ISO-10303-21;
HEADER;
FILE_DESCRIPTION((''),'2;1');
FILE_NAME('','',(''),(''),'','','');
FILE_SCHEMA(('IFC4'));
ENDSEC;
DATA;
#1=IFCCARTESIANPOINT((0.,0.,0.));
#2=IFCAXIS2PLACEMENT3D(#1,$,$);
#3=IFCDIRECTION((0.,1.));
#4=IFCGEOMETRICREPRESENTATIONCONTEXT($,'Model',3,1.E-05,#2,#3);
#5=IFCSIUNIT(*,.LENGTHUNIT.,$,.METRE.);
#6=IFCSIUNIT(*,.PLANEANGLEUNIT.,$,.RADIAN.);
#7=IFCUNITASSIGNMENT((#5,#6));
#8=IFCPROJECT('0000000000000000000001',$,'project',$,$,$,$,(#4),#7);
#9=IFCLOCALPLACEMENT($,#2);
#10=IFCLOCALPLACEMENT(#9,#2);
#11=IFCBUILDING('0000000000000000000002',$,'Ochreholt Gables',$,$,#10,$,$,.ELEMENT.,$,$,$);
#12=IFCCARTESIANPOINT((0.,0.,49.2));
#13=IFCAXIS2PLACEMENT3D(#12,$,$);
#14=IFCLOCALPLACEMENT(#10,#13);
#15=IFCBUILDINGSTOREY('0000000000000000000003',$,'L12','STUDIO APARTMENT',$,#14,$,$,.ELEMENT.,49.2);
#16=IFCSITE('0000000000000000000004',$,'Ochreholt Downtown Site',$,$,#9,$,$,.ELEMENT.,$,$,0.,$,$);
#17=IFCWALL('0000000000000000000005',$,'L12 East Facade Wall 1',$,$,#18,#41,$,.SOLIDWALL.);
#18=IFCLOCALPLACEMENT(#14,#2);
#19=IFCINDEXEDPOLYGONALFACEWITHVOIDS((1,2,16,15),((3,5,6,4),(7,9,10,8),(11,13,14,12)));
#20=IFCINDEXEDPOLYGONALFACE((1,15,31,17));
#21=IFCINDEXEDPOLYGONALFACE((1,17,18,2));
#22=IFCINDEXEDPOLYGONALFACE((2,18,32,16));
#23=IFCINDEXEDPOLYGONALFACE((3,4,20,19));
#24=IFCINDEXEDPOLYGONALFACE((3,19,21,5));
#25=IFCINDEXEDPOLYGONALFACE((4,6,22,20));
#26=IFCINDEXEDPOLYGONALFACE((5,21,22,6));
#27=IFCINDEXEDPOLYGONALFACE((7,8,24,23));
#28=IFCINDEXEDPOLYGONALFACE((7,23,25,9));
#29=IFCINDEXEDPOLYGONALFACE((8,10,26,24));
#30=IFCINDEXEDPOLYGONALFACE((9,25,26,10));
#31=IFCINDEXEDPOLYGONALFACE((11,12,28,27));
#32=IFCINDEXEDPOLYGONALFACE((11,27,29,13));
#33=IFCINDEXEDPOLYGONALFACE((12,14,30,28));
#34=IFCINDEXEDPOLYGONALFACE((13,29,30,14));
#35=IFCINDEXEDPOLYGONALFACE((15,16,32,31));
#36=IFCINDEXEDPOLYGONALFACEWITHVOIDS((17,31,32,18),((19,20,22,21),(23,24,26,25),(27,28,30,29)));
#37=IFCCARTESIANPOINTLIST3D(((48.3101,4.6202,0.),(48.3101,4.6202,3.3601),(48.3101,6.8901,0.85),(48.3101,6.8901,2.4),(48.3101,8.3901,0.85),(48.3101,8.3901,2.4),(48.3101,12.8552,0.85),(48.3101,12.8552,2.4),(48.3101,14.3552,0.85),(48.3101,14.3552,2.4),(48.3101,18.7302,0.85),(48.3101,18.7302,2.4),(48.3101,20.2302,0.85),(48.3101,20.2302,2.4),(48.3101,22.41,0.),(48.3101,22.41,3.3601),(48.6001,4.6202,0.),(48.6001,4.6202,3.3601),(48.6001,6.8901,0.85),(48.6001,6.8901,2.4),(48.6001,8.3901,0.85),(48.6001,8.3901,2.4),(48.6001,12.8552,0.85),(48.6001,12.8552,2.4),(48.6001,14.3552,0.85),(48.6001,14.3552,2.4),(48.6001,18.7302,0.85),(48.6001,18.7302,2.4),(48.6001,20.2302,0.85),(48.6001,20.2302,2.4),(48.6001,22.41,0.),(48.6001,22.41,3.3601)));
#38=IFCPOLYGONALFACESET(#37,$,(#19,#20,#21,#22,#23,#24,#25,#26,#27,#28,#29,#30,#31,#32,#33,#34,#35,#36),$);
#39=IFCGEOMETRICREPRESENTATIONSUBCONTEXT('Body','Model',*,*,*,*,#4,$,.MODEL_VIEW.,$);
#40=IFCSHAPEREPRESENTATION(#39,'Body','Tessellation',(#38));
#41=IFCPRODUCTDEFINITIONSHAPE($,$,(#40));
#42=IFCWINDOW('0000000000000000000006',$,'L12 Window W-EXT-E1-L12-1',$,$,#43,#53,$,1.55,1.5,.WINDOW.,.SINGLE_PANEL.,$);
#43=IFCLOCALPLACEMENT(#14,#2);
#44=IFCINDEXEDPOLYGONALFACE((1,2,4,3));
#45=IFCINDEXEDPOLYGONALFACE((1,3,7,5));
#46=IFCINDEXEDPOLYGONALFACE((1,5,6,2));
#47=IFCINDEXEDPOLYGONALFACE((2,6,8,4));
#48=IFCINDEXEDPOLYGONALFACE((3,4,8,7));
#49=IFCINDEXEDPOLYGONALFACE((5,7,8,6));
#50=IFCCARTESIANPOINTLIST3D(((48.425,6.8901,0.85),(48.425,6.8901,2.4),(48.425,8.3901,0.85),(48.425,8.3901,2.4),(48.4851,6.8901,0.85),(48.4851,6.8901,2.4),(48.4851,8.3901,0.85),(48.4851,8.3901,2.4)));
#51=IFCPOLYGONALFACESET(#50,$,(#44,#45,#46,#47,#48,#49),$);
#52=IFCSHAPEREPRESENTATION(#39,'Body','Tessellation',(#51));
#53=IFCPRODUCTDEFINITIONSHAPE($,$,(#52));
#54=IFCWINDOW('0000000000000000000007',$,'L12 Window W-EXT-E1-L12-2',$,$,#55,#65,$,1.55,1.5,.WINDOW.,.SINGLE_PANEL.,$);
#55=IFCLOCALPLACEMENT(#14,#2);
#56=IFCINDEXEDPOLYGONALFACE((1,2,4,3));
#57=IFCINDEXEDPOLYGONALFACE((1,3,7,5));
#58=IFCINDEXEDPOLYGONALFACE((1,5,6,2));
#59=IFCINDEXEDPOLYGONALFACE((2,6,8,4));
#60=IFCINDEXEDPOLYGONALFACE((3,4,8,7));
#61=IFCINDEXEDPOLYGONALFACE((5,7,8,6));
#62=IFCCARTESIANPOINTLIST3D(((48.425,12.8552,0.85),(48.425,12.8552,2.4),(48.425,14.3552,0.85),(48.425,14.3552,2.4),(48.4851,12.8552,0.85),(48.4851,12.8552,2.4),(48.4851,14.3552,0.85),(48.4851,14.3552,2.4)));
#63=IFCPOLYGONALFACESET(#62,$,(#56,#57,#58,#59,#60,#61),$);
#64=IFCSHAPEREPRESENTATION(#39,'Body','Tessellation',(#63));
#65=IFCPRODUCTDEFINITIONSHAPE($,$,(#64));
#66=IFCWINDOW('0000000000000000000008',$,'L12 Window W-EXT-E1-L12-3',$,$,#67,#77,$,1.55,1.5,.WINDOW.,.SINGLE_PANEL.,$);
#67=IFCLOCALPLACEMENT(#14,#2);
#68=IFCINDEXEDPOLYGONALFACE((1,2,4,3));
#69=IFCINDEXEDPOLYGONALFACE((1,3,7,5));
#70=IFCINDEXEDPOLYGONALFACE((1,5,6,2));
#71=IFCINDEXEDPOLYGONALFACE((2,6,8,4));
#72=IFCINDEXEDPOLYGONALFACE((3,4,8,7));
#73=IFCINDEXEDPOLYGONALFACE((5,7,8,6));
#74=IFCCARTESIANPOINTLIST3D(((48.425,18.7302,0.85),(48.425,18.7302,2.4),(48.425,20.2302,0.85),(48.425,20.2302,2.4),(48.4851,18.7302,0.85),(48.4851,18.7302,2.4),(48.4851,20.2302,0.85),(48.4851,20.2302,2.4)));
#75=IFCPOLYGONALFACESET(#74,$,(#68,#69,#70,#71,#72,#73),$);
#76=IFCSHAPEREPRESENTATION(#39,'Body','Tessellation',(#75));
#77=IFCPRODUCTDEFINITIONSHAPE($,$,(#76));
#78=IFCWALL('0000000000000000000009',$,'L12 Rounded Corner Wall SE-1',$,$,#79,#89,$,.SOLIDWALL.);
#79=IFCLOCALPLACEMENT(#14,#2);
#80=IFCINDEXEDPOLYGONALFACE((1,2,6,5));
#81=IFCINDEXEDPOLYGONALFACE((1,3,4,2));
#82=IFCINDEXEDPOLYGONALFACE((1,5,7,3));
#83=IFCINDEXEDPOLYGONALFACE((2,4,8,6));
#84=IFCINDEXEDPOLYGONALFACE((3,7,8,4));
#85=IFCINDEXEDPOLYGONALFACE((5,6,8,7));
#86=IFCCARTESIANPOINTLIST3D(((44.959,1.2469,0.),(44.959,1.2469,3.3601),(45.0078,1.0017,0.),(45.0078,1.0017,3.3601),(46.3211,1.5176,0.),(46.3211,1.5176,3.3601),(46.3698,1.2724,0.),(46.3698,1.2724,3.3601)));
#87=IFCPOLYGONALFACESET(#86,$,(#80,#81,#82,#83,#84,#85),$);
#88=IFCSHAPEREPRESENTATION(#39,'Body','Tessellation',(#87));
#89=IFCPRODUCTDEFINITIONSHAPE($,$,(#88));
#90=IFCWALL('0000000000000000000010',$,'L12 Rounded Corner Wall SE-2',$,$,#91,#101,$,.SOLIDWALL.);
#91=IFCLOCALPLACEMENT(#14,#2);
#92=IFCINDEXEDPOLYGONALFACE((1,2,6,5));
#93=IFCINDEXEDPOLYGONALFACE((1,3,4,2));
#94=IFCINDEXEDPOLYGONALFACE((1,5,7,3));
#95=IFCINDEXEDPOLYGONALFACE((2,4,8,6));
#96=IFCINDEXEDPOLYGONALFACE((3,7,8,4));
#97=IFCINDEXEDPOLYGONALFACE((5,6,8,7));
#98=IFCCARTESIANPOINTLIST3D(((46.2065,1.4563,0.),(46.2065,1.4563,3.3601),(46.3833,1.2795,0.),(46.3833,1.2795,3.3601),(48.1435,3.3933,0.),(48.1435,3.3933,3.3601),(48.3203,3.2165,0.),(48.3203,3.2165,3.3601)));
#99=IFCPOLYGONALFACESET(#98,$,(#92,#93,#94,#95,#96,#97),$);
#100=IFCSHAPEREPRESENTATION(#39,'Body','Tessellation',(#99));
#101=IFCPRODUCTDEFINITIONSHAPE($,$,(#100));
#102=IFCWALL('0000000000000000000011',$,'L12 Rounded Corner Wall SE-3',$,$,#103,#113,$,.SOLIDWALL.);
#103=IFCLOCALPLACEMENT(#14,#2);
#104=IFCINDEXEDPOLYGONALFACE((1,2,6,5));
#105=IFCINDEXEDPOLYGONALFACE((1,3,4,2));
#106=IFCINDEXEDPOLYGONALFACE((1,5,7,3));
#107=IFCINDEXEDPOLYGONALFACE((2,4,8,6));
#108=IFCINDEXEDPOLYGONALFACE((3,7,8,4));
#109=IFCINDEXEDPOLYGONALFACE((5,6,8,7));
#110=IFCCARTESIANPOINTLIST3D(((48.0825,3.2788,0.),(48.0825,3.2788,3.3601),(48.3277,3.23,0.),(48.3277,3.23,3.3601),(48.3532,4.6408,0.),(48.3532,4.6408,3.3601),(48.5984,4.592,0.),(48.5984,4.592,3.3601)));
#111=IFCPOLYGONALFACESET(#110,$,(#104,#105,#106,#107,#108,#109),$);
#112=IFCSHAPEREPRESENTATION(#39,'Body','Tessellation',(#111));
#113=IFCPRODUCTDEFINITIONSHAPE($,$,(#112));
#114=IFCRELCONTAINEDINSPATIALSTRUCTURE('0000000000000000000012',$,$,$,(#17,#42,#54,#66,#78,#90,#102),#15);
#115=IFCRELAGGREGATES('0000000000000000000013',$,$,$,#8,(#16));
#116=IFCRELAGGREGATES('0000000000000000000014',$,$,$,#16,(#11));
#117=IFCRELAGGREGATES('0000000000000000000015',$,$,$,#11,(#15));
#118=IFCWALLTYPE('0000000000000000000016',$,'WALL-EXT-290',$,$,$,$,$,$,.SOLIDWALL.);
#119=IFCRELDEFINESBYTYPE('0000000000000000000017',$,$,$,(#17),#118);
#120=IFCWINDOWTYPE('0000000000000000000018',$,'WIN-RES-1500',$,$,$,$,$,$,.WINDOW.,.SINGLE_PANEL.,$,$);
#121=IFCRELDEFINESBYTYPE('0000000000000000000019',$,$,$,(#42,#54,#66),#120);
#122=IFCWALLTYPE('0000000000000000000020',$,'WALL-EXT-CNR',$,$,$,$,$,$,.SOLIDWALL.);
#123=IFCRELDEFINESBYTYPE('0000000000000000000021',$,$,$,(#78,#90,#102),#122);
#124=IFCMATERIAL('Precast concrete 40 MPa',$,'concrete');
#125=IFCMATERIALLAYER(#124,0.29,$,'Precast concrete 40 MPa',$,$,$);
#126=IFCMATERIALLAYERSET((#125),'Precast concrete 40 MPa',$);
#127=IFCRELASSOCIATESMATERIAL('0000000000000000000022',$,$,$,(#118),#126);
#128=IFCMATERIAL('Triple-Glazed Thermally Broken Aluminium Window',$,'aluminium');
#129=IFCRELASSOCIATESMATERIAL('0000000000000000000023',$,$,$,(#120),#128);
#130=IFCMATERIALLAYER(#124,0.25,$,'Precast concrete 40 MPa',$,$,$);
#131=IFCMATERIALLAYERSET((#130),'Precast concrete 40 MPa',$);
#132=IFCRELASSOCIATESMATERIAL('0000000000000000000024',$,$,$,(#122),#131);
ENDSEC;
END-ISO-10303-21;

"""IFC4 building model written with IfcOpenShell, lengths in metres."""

from ifc_helpers import new_model, si_unit, direction, frame, frame_2d, origin, place, context, subcontext, project, spatial, rectangle, extrude, material, layer, layer_set, type_object, element, fill, save


model = new_model("IFC4")

# Units and contexts
model_context = context("Model", 3, precision=1e-05, world=origin(), true_north=direction((0.0, 1.0)))
body_context = subcontext(model_context, "Body", "Model", "MODEL_VIEW")
ifc_project = project(units=[si_unit("LENGTHUNIT", "METRE"), si_unit("PLANEANGLEUNIT", "RADIAN")], contexts=[model_context])

# Site, building, storey
site_placement = place(None, origin())
site = spatial("IfcSite", under=ifc_project, at=site_placement, Name="Ochreholt Downtown Site", CompositionType="ELEMENT", RefElevation=0.0)
building_placement = place(site_placement, origin())
building = spatial("IfcBuilding", under=site, at=building_placement, Name="Ochreholt Gables", CompositionType="ELEMENT")
storey_placement = place(building_placement, frame((0.0, 0.0, 49.2)))
storey = spatial("IfcBuildingStorey", under=building, at=storey_placement, Name="L12", Description="STUDIO APARTMENT", CompositionType="ELEMENT", Elevation=49.2)

# Wall, openings, windows
ifc_material_1 = material(Name="Precast concrete 40 MPa", Category="concrete")
ifc_layer_1 = layer(ifc_material_1, 0.29, Name="Precast concrete 40 MPa")
ifc_layer_set_1 = layer_set([ifc_layer_1], Name="Precast concrete 40 MPa")
wall_type_1 = type_object("IfcWallType", Name="WALL-EXT-290", PredefinedType="SOLIDWALL", material=ifc_layer_set_1)
wall_1_placement = place(storey_placement, frame((48.4551, 4.6201, 0.0), z_axis=(0.0, 0.0, 1.0), x_axis=(0.0, 1.0, 0.0)))
wall_1 = element("IfcWall", 1, at=wall_1_placement, inside=storey, type_object=wall_type_1, Name="L12 East Facade Wall 1", PredefinedType="SOLIDWALL", context=body_context, shape_type="SweptSolid", body=[
    extrude(rectangle(XDim=17.7898, YDim=0.29, at=frame_2d((8.895, 0.0))), origin(), (0.0, 0.0, 1.0), 3.3601),
])
opening_1_placement = place(wall_1_placement, frame((2.27, 0.0, 0.8501)))
opening_1 = element("IfcOpeningElement", 2, at=opening_1_placement, cuts=wall_1, PredefinedType="OPENING", context=body_context, shape_type="SweptSolid", body=[
    extrude(rectangle(XDim=1.5, YDim=1.55, at=frame_2d((0.75, 0.7749))), frame((0.0, 0.155, 0.0), z_axis=(0.0, -1.0, 0.0), x_axis=(1.0, 0.0, 0.0)), (0.0, 0.0, 1.0), 0.3101),
])
opening_2_placement = place(wall_1_placement, frame((8.2351, 0.0, 0.8501)))
opening_2 = element("IfcOpeningElement", 3, at=opening_2_placement, cuts=wall_1, PredefinedType="OPENING", context=body_context, shape_type="SweptSolid", body=[
    extrude(rectangle(XDim=1.5, YDim=1.55, at=frame_2d((0.75, 0.7749))), frame((0.0, 0.155, 0.0), z_axis=(0.0, -1.0, 0.0), x_axis=(1.0, 0.0, 0.0)), (0.0, 0.0, 1.0), 0.3101),
])
opening_3_placement = place(wall_1_placement, frame((14.1101, 0.0, 0.8501)))
opening_3 = element("IfcOpeningElement", 4, at=opening_3_placement, cuts=wall_1, PredefinedType="OPENING", context=body_context, shape_type="SweptSolid", body=[
    extrude(rectangle(XDim=1.5, YDim=1.55, at=frame_2d((0.75, 0.7749))), frame((0.0, 0.155, 0.0), z_axis=(0.0, -1.0, 0.0), x_axis=(1.0, 0.0, 0.0)), (0.0, 0.0, 1.0), 0.3101),
])
ifc_material_2 = material(Name="Triple-Glazed Thermally Broken Aluminium Window", Category="aluminium")
window_type = type_object("IfcWindowType", Name="WIN-RES-1500", PartitioningType="SINGLE_PANEL", PredefinedType="WINDOW", material=ifc_material_2)
window_1_placement = place(opening_1_placement, origin())
window_1 = element("IfcWindow", 5, at=window_1_placement, inside=storey, type_object=window_type, Name="L12 Window W-EXT-E1-L12-1", OverallHeight=1.55, OverallWidth=1.5, PartitioningType="SINGLE_PANEL", PredefinedType="WINDOW", context=body_context, shape_type="SweptSolid", body=[
    extrude(rectangle(XDim=1.5, YDim=1.55, at=frame_2d((0.75, 0.7749))), frame((0.0, 0.03, 0.0), z_axis=(0.0, -1.0, 0.0), x_axis=(1.0, 0.0, 0.0)), (0.0, 0.0, 1.0), 0.0601),
])
fill(opening_1, window_1)
window_2_placement = place(opening_2_placement, origin())
window_2 = element("IfcWindow", 6, at=window_2_placement, inside=storey, type_object=window_type, Name="L12 Window W-EXT-E1-L12-2", OverallHeight=1.55, OverallWidth=1.5, PartitioningType="SINGLE_PANEL", PredefinedType="WINDOW", context=body_context, shape_type="SweptSolid", body=[
    extrude(rectangle(XDim=1.5, YDim=1.55, at=frame_2d((0.75, 0.7749))), frame((0.0, 0.03, 0.0), z_axis=(0.0, -1.0, 0.0), x_axis=(1.0, 0.0, 0.0)), (0.0, 0.0, 1.0), 0.0601),
])
fill(opening_2, window_2)
window_3_placement = place(opening_3_placement, origin())
window_3 = element("IfcWindow", 7, at=window_3_placement, inside=storey, type_object=window_type, Name="L12 Window W-EXT-E1-L12-3", OverallHeight=1.55, OverallWidth=1.5, PartitioningType="SINGLE_PANEL", PredefinedType="WINDOW", context=body_context, shape_type="SweptSolid", body=[
    extrude(rectangle(XDim=1.5, YDim=1.55, at=frame_2d((0.75, 0.7749))), frame((0.0, 0.03, 0.0), z_axis=(0.0, -1.0, 0.0), x_axis=(1.0, 0.0, 0.0)), (0.0, 0.0, 1.0), 0.0601),
])
fill(opening_3, window_3)

# Walls
ifc_layer_2 = layer(ifc_material_1, 0.25, Name="Precast concrete 40 MPa")
ifc_layer_set_2 = layer_set([ifc_layer_2], Name="Precast concrete 40 MPa")
wall_type_2 = type_object("IfcWallType", Name="WALL-EXT-CNR", PredefinedType="SOLIDWALL", material=ifc_layer_set_2)
wall_2_placement = place(storey_placement, frame((44.9834, 1.1243, 0.0), z_axis=(0.0, 0.0, 1.0), x_axis=(0.98081, 0.194967, 0.0)))
element("IfcWall", 8, at=wall_2_placement, inside=storey, type_object=wall_type_2, Name="L12 Rounded Corner Wall SE-1", PredefinedType="SOLIDWALL", context=body_context, shape_type="SweptSolid", body=[
    extrude(rectangle(XDim=1.3887, YDim=0.25, at=frame_2d((0.6943, 0.0))), origin(), (0.0, 0.0, 1.0), 3.3601),
])
wall_3_placement = place(storey_placement, frame((46.2949, 1.3679, 0.0), z_axis=(0.0, 0.0, 1.0), x_axis=(0.707107, 0.707107, 0.0)))
element("IfcWall", 9, at=wall_3_placement, inside=storey, type_object=wall_type_2, Name="L12 Rounded Corner Wall SE-2", PredefinedType="SOLIDWALL", context=body_context, shape_type="SweptSolid", body=[
    extrude(rectangle(XDim=2.7393, YDim=0.25, at=frame_2d((1.3696, 0.0))), origin(), (0.0, 0.0, 1.0), 3.3601),
])
wall_4_placement = place(storey_placement, frame((48.2051, 3.2544, 0.0), z_axis=(0.0, 0.0, 1.0), x_axis=(0.194967, 0.98081, 0.0)))
element("IfcWall", 10, at=wall_4_placement, inside=storey, type_object=wall_type_2, Name="L12 Rounded Corner Wall SE-3", PredefinedType="SOLIDWALL", context=body_context, shape_type="SweptSolid", body=[
    extrude(rectangle(XDim=1.3887, YDim=0.25, at=frame_2d((0.6943, 0.0))), origin(), (0.0, 0.0, 1.0), 3.3601),
])

save(model, "model.ifc")
